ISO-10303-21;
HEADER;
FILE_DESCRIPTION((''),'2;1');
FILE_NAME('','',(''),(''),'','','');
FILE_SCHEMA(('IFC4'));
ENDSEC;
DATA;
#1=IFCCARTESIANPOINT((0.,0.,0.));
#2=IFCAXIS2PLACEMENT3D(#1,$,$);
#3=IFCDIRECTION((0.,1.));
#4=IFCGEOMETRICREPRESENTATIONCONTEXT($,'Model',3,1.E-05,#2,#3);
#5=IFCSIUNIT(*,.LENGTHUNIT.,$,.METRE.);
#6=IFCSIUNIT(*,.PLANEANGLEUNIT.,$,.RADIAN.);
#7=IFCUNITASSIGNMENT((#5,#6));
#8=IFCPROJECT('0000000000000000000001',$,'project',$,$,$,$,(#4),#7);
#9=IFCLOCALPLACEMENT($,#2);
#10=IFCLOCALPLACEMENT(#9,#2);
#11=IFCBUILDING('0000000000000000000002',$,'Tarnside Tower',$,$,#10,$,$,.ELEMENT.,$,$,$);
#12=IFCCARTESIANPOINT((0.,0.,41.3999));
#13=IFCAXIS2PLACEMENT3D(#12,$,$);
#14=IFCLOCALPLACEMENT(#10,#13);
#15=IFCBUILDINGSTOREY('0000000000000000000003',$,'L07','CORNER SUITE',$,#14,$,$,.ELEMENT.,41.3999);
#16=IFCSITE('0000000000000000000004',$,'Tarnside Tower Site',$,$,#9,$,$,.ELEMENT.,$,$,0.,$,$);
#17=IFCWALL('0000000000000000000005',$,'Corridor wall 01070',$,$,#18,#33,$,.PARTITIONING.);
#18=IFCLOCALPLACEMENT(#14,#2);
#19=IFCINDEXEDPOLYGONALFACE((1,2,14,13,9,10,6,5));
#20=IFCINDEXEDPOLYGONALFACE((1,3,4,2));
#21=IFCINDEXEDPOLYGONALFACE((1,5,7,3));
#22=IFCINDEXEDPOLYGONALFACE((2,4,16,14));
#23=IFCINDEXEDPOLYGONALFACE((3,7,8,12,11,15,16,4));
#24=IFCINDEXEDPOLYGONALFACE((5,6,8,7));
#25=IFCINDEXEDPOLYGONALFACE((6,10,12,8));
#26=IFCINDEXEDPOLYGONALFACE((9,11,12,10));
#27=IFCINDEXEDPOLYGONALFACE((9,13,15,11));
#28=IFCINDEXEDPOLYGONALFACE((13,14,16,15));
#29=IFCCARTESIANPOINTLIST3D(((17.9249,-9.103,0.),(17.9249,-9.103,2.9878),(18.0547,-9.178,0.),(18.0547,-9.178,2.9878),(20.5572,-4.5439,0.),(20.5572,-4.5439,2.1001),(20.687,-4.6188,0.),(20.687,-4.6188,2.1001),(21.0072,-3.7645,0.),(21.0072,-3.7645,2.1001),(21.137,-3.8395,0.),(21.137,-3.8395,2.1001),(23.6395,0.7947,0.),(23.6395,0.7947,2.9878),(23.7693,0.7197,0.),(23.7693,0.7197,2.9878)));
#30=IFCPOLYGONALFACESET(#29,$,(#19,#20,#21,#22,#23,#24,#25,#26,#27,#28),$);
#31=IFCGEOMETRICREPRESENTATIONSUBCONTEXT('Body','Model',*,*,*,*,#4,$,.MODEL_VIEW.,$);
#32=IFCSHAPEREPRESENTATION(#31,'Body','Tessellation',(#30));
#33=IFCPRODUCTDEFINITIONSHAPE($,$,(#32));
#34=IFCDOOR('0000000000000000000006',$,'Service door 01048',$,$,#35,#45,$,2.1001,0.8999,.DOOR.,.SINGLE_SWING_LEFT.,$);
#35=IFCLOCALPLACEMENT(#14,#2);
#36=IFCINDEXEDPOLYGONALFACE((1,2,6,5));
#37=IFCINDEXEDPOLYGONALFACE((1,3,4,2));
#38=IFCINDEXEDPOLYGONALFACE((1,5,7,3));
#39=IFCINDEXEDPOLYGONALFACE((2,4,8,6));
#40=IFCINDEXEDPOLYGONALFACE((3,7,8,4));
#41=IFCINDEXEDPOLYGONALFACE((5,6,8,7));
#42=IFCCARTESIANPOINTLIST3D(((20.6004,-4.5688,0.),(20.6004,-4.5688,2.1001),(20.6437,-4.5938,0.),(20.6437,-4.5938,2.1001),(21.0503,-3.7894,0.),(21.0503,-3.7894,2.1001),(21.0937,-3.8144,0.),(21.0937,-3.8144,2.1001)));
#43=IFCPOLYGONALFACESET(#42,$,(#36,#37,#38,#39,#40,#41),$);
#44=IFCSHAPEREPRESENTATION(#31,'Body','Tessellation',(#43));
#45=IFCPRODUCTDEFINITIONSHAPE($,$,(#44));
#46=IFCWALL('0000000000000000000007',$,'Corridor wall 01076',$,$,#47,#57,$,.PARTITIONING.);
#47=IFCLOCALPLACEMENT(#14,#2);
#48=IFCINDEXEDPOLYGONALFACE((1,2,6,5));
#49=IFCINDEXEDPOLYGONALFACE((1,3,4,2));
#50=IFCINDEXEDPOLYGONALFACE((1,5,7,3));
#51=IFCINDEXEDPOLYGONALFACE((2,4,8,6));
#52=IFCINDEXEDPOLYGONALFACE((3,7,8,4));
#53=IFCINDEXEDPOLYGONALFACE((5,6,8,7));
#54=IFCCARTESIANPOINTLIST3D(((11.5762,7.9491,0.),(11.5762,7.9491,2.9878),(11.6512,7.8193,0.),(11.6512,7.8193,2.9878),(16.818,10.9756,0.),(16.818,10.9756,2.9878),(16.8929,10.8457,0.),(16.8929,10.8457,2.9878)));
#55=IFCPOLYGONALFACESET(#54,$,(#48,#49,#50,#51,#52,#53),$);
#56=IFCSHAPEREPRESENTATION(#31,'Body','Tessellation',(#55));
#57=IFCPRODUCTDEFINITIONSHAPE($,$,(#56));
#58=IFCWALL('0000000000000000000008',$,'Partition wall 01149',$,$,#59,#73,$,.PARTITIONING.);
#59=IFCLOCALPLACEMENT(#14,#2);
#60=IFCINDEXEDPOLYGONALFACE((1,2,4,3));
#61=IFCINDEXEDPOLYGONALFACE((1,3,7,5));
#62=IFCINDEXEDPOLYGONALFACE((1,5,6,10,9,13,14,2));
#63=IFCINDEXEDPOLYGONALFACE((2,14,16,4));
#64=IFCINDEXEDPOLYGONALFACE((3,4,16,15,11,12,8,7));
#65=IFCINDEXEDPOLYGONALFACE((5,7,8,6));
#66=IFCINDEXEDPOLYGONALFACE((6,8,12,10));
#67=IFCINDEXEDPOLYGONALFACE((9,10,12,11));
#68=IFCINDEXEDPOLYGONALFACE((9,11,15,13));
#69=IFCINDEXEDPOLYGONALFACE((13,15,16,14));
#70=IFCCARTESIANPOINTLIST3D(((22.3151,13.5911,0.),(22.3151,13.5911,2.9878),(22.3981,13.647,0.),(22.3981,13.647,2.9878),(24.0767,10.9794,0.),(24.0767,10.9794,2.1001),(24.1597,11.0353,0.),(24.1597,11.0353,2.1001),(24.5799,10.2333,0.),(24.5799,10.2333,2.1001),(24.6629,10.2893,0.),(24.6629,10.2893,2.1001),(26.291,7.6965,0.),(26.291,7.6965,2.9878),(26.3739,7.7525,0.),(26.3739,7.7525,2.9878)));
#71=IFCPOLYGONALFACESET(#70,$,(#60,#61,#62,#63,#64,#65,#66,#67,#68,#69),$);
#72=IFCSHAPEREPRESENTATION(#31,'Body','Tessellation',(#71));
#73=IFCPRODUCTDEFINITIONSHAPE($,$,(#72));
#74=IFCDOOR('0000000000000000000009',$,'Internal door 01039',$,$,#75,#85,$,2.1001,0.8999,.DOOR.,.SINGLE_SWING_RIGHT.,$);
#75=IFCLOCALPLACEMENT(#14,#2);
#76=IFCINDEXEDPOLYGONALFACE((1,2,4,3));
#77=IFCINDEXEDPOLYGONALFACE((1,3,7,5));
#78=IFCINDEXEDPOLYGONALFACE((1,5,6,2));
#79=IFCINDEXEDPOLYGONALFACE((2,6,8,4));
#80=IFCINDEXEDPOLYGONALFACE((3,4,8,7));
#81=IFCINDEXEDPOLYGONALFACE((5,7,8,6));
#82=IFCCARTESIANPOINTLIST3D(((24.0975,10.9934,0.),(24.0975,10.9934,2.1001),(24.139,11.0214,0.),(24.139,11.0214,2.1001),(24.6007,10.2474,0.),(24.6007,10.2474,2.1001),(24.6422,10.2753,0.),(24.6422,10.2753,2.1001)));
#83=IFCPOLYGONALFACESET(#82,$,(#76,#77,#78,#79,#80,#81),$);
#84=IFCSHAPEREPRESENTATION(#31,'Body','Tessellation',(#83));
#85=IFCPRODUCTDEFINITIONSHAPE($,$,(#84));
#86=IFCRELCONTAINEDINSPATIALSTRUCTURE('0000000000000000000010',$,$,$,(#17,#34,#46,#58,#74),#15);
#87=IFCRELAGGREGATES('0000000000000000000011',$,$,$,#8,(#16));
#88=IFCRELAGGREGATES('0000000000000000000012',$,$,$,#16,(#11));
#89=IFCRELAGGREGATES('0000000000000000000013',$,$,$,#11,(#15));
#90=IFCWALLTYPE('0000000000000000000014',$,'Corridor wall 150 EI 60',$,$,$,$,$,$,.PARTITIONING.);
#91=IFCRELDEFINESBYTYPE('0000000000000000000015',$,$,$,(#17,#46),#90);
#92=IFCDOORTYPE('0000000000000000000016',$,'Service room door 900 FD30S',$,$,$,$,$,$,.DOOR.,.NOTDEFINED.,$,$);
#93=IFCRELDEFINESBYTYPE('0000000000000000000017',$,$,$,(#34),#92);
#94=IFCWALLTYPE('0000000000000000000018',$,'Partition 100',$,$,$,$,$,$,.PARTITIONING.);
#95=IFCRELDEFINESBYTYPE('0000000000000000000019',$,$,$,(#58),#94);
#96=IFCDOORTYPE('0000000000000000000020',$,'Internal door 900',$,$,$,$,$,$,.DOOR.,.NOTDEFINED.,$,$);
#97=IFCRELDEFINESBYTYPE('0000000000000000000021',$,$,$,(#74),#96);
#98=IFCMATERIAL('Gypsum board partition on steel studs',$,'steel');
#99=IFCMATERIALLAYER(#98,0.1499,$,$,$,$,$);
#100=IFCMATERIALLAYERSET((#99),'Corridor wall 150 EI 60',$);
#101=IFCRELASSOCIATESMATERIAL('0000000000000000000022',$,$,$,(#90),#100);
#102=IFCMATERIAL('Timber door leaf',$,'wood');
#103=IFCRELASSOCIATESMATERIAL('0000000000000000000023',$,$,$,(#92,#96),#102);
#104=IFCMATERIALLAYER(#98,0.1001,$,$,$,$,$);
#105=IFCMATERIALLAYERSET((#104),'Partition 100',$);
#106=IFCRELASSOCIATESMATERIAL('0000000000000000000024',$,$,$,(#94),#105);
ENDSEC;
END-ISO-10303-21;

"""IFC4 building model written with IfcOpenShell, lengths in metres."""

from ifc_helpers import new_model, si_unit, direction, frame, frame_2d, origin, place, context, subcontext, project, spatial, rectangle, extrude, material, layer, layer_set, type_object, element, fill, save


model = new_model("IFC4")

# Units and contexts
model_context = context("Model", 3, precision=1e-05, world=origin(), true_north=direction((0.0, 1.0)))
body_context = subcontext(model_context, "Body", "Model", "MODEL_VIEW")
ifc_project = project(units=[si_unit("LENGTHUNIT", "METRE"), si_unit("PLANEANGLEUNIT", "RADIAN")], contexts=[model_context])

# Site, building, storey
site_placement = place(None, origin())
site = spatial("IfcSite", under=ifc_project, at=site_placement, Name="Tarnside Tower Site", CompositionType="ELEMENT", RefElevation=0.0)
building_placement = place(site_placement, origin())
building = spatial("IfcBuilding", under=site, at=building_placement, Name="Tarnside Tower", CompositionType="ELEMENT")
storey_placement = place(building_placement, frame((0.0, 0.0, 41.3999)))
storey = spatial("IfcBuildingStorey", under=building, at=storey_placement, Name="L07", Description="CORNER SUITE", CompositionType="ELEMENT", Elevation=41.3999)

# Shared definitions
ifc_material_1 = material(Name="Gypsum board partition on steel studs", Category="steel")

# Shared definitions
ifc_material_2 = material(Name="Timber door leaf", Category="wood")

# Shared definitions
ifc_layer_1 = layer(ifc_material_1, 0.1499)
ifc_layer_set_1 = layer_set([ifc_layer_1], Name="Corridor wall 150 EI 60")
wall_type_1 = type_object("IfcWallType", Name="Corridor wall 150 EI 60", PredefinedType="PARTITIONING", material=ifc_layer_set_1)

# Wall, opening, door
wall_1_placement = place(storey_placement, frame((23.7043, 0.7571, 0.0), z_axis=(0.0, 0.0, 1.0), x_axis=(-0.50001, -0.866019, 0.0)))
wall_1 = element("IfcWall", 1, at=wall_1_placement, inside=storey, type_object=wall_type_1, Name="Corridor wall 01070", PredefinedType="PARTITIONING", context=body_context, shape_type="SweptSolid", body=[
    extrude(rectangle(XDim=11.429, YDim=0.1499, at=frame_2d((5.7144, 0.0))), origin(), (0.0, 0.0, 1.0), 2.9878),
])
opening_1_placement = place(wall_1_placement, frame((5.2644, 0.0, 0.0)))
opening_1 = element("IfcOpeningElement", 2, at=opening_1_placement, cuts=wall_1, PredefinedType="OPENING", context=body_context, shape_type="SweptSolid", body=[
    extrude(rectangle(XDim=0.8999, YDim=2.1001, at=frame_2d((0.45, 1.05))), frame((0.0, 0.085, 0.0), z_axis=(0.0, -1.0, 0.0), x_axis=(1.0, 0.0, 0.0)), (0.0, 0.0, 1.0), 0.1699),
])
door_type_1 = type_object("IfcDoorType", Name="Service room door 900 FD30S", OperationType="NOTDEFINED", PredefinedType="DOOR", material=ifc_material_2)
door_1_placement = place(opening_1_placement, origin())
door_1 = element("IfcDoor", 3, at=door_1_placement, inside=storey, type_object=door_type_1, Name="Service door 01048", OperationType="SINGLE_SWING_LEFT", OverallHeight=2.1001, OverallWidth=0.8999, PredefinedType="DOOR", context=body_context, shape_type="SweptSolid", body=[
    extrude(rectangle(XDim=0.8999, YDim=2.1001, at=frame_2d((0.45, 1.05))), frame((0.0, 0.0249, 0.0), z_axis=(0.0, -1.0, 0.0), x_axis=(1.0, 0.0, 0.0)), (0.0, 0.0, 1.0), 0.05),
])
fill(opening_1, door_1)

# Wall
wall_2_placement = place(storey_placement, frame((16.8555, 10.9106, 0.0), z_axis=(0.0, 0.0, 1.0), x_axis=(-0.86602, -0.500009, 0.0)))
element("IfcWall", 4, at=wall_2_placement, inside=storey, type_object=wall_type_1, Name="Corridor wall 01076", PredefinedType="PARTITIONING", context=body_context, shape_type="SweptSolid", body=[
    extrude(rectangle(XDim=6.0527, YDim=0.1499, at=frame_2d((3.0264, 0.0))), origin(), (0.0, 0.0, 1.0), 2.9878),
])

# Wall, opening, door
ifc_layer_2 = layer(ifc_material_1, 0.1001)
ifc_layer_set_2 = layer_set([ifc_layer_2], Name="Partition 100")
wall_type_2 = type_object("IfcWallType", Name="Partition 100", PredefinedType="PARTITIONING", material=ifc_layer_set_2)
wall_3_placement = place(storey_placement, frame((26.3325, 7.7244, 0.0), z_axis=(0.0, 0.0, 1.0), x_axis=(-0.559185, 0.829043, 0.0)))
wall_3 = element("IfcWall", 5, at=wall_3_placement, inside=storey, type_object=wall_type_2, Name="Partition wall 01149", PredefinedType="PARTITIONING", context=body_context, shape_type="SweptSolid", body=[
    extrude(rectangle(XDim=7.1101, YDim=0.1001, at=frame_2d((3.5552, 0.0))), origin(), (0.0, 0.0, 1.0), 2.9878),
])
opening_2_placement = place(wall_3_placement, frame((3.0601, 0.0, 0.0)))
opening_2 = element("IfcOpeningElement", 6, at=opening_2_placement, cuts=wall_3, PredefinedType="OPENING", context=body_context, shape_type="SweptSolid", body=[
    extrude(rectangle(XDim=0.8999, YDim=2.1001, at=frame_2d((0.45, 1.05))), frame((0.0, 0.0601, 0.0), z_axis=(0.0, -1.0, 0.0), x_axis=(1.0, 0.0, 0.0)), (0.0, 0.0, 1.0), 0.1201),
])
door_type_2 = type_object("IfcDoorType", Name="Internal door 900", OperationType="NOTDEFINED", PredefinedType="DOOR", material=ifc_material_2)
door_2_placement = place(opening_2_placement, origin())
door_2 = element("IfcDoor", 7, at=door_2_placement, inside=storey, type_object=door_type_2, Name="Internal door 01039", OperationType="SINGLE_SWING_RIGHT", OverallHeight=2.1001, OverallWidth=0.8999, PredefinedType="DOOR", context=body_context, shape_type="SweptSolid", body=[
    extrude(rectangle(XDim=0.8999, YDim=2.1001, at=frame_2d((0.45, 1.05))), frame((0.0, 0.0249, 0.0), z_axis=(0.0, -1.0, 0.0), x_axis=(1.0, 0.0, 0.0)), (0.0, 0.0, 1.0), 0.05),
])
fill(opening_2, door_2)

save(model, "model.ifc")
